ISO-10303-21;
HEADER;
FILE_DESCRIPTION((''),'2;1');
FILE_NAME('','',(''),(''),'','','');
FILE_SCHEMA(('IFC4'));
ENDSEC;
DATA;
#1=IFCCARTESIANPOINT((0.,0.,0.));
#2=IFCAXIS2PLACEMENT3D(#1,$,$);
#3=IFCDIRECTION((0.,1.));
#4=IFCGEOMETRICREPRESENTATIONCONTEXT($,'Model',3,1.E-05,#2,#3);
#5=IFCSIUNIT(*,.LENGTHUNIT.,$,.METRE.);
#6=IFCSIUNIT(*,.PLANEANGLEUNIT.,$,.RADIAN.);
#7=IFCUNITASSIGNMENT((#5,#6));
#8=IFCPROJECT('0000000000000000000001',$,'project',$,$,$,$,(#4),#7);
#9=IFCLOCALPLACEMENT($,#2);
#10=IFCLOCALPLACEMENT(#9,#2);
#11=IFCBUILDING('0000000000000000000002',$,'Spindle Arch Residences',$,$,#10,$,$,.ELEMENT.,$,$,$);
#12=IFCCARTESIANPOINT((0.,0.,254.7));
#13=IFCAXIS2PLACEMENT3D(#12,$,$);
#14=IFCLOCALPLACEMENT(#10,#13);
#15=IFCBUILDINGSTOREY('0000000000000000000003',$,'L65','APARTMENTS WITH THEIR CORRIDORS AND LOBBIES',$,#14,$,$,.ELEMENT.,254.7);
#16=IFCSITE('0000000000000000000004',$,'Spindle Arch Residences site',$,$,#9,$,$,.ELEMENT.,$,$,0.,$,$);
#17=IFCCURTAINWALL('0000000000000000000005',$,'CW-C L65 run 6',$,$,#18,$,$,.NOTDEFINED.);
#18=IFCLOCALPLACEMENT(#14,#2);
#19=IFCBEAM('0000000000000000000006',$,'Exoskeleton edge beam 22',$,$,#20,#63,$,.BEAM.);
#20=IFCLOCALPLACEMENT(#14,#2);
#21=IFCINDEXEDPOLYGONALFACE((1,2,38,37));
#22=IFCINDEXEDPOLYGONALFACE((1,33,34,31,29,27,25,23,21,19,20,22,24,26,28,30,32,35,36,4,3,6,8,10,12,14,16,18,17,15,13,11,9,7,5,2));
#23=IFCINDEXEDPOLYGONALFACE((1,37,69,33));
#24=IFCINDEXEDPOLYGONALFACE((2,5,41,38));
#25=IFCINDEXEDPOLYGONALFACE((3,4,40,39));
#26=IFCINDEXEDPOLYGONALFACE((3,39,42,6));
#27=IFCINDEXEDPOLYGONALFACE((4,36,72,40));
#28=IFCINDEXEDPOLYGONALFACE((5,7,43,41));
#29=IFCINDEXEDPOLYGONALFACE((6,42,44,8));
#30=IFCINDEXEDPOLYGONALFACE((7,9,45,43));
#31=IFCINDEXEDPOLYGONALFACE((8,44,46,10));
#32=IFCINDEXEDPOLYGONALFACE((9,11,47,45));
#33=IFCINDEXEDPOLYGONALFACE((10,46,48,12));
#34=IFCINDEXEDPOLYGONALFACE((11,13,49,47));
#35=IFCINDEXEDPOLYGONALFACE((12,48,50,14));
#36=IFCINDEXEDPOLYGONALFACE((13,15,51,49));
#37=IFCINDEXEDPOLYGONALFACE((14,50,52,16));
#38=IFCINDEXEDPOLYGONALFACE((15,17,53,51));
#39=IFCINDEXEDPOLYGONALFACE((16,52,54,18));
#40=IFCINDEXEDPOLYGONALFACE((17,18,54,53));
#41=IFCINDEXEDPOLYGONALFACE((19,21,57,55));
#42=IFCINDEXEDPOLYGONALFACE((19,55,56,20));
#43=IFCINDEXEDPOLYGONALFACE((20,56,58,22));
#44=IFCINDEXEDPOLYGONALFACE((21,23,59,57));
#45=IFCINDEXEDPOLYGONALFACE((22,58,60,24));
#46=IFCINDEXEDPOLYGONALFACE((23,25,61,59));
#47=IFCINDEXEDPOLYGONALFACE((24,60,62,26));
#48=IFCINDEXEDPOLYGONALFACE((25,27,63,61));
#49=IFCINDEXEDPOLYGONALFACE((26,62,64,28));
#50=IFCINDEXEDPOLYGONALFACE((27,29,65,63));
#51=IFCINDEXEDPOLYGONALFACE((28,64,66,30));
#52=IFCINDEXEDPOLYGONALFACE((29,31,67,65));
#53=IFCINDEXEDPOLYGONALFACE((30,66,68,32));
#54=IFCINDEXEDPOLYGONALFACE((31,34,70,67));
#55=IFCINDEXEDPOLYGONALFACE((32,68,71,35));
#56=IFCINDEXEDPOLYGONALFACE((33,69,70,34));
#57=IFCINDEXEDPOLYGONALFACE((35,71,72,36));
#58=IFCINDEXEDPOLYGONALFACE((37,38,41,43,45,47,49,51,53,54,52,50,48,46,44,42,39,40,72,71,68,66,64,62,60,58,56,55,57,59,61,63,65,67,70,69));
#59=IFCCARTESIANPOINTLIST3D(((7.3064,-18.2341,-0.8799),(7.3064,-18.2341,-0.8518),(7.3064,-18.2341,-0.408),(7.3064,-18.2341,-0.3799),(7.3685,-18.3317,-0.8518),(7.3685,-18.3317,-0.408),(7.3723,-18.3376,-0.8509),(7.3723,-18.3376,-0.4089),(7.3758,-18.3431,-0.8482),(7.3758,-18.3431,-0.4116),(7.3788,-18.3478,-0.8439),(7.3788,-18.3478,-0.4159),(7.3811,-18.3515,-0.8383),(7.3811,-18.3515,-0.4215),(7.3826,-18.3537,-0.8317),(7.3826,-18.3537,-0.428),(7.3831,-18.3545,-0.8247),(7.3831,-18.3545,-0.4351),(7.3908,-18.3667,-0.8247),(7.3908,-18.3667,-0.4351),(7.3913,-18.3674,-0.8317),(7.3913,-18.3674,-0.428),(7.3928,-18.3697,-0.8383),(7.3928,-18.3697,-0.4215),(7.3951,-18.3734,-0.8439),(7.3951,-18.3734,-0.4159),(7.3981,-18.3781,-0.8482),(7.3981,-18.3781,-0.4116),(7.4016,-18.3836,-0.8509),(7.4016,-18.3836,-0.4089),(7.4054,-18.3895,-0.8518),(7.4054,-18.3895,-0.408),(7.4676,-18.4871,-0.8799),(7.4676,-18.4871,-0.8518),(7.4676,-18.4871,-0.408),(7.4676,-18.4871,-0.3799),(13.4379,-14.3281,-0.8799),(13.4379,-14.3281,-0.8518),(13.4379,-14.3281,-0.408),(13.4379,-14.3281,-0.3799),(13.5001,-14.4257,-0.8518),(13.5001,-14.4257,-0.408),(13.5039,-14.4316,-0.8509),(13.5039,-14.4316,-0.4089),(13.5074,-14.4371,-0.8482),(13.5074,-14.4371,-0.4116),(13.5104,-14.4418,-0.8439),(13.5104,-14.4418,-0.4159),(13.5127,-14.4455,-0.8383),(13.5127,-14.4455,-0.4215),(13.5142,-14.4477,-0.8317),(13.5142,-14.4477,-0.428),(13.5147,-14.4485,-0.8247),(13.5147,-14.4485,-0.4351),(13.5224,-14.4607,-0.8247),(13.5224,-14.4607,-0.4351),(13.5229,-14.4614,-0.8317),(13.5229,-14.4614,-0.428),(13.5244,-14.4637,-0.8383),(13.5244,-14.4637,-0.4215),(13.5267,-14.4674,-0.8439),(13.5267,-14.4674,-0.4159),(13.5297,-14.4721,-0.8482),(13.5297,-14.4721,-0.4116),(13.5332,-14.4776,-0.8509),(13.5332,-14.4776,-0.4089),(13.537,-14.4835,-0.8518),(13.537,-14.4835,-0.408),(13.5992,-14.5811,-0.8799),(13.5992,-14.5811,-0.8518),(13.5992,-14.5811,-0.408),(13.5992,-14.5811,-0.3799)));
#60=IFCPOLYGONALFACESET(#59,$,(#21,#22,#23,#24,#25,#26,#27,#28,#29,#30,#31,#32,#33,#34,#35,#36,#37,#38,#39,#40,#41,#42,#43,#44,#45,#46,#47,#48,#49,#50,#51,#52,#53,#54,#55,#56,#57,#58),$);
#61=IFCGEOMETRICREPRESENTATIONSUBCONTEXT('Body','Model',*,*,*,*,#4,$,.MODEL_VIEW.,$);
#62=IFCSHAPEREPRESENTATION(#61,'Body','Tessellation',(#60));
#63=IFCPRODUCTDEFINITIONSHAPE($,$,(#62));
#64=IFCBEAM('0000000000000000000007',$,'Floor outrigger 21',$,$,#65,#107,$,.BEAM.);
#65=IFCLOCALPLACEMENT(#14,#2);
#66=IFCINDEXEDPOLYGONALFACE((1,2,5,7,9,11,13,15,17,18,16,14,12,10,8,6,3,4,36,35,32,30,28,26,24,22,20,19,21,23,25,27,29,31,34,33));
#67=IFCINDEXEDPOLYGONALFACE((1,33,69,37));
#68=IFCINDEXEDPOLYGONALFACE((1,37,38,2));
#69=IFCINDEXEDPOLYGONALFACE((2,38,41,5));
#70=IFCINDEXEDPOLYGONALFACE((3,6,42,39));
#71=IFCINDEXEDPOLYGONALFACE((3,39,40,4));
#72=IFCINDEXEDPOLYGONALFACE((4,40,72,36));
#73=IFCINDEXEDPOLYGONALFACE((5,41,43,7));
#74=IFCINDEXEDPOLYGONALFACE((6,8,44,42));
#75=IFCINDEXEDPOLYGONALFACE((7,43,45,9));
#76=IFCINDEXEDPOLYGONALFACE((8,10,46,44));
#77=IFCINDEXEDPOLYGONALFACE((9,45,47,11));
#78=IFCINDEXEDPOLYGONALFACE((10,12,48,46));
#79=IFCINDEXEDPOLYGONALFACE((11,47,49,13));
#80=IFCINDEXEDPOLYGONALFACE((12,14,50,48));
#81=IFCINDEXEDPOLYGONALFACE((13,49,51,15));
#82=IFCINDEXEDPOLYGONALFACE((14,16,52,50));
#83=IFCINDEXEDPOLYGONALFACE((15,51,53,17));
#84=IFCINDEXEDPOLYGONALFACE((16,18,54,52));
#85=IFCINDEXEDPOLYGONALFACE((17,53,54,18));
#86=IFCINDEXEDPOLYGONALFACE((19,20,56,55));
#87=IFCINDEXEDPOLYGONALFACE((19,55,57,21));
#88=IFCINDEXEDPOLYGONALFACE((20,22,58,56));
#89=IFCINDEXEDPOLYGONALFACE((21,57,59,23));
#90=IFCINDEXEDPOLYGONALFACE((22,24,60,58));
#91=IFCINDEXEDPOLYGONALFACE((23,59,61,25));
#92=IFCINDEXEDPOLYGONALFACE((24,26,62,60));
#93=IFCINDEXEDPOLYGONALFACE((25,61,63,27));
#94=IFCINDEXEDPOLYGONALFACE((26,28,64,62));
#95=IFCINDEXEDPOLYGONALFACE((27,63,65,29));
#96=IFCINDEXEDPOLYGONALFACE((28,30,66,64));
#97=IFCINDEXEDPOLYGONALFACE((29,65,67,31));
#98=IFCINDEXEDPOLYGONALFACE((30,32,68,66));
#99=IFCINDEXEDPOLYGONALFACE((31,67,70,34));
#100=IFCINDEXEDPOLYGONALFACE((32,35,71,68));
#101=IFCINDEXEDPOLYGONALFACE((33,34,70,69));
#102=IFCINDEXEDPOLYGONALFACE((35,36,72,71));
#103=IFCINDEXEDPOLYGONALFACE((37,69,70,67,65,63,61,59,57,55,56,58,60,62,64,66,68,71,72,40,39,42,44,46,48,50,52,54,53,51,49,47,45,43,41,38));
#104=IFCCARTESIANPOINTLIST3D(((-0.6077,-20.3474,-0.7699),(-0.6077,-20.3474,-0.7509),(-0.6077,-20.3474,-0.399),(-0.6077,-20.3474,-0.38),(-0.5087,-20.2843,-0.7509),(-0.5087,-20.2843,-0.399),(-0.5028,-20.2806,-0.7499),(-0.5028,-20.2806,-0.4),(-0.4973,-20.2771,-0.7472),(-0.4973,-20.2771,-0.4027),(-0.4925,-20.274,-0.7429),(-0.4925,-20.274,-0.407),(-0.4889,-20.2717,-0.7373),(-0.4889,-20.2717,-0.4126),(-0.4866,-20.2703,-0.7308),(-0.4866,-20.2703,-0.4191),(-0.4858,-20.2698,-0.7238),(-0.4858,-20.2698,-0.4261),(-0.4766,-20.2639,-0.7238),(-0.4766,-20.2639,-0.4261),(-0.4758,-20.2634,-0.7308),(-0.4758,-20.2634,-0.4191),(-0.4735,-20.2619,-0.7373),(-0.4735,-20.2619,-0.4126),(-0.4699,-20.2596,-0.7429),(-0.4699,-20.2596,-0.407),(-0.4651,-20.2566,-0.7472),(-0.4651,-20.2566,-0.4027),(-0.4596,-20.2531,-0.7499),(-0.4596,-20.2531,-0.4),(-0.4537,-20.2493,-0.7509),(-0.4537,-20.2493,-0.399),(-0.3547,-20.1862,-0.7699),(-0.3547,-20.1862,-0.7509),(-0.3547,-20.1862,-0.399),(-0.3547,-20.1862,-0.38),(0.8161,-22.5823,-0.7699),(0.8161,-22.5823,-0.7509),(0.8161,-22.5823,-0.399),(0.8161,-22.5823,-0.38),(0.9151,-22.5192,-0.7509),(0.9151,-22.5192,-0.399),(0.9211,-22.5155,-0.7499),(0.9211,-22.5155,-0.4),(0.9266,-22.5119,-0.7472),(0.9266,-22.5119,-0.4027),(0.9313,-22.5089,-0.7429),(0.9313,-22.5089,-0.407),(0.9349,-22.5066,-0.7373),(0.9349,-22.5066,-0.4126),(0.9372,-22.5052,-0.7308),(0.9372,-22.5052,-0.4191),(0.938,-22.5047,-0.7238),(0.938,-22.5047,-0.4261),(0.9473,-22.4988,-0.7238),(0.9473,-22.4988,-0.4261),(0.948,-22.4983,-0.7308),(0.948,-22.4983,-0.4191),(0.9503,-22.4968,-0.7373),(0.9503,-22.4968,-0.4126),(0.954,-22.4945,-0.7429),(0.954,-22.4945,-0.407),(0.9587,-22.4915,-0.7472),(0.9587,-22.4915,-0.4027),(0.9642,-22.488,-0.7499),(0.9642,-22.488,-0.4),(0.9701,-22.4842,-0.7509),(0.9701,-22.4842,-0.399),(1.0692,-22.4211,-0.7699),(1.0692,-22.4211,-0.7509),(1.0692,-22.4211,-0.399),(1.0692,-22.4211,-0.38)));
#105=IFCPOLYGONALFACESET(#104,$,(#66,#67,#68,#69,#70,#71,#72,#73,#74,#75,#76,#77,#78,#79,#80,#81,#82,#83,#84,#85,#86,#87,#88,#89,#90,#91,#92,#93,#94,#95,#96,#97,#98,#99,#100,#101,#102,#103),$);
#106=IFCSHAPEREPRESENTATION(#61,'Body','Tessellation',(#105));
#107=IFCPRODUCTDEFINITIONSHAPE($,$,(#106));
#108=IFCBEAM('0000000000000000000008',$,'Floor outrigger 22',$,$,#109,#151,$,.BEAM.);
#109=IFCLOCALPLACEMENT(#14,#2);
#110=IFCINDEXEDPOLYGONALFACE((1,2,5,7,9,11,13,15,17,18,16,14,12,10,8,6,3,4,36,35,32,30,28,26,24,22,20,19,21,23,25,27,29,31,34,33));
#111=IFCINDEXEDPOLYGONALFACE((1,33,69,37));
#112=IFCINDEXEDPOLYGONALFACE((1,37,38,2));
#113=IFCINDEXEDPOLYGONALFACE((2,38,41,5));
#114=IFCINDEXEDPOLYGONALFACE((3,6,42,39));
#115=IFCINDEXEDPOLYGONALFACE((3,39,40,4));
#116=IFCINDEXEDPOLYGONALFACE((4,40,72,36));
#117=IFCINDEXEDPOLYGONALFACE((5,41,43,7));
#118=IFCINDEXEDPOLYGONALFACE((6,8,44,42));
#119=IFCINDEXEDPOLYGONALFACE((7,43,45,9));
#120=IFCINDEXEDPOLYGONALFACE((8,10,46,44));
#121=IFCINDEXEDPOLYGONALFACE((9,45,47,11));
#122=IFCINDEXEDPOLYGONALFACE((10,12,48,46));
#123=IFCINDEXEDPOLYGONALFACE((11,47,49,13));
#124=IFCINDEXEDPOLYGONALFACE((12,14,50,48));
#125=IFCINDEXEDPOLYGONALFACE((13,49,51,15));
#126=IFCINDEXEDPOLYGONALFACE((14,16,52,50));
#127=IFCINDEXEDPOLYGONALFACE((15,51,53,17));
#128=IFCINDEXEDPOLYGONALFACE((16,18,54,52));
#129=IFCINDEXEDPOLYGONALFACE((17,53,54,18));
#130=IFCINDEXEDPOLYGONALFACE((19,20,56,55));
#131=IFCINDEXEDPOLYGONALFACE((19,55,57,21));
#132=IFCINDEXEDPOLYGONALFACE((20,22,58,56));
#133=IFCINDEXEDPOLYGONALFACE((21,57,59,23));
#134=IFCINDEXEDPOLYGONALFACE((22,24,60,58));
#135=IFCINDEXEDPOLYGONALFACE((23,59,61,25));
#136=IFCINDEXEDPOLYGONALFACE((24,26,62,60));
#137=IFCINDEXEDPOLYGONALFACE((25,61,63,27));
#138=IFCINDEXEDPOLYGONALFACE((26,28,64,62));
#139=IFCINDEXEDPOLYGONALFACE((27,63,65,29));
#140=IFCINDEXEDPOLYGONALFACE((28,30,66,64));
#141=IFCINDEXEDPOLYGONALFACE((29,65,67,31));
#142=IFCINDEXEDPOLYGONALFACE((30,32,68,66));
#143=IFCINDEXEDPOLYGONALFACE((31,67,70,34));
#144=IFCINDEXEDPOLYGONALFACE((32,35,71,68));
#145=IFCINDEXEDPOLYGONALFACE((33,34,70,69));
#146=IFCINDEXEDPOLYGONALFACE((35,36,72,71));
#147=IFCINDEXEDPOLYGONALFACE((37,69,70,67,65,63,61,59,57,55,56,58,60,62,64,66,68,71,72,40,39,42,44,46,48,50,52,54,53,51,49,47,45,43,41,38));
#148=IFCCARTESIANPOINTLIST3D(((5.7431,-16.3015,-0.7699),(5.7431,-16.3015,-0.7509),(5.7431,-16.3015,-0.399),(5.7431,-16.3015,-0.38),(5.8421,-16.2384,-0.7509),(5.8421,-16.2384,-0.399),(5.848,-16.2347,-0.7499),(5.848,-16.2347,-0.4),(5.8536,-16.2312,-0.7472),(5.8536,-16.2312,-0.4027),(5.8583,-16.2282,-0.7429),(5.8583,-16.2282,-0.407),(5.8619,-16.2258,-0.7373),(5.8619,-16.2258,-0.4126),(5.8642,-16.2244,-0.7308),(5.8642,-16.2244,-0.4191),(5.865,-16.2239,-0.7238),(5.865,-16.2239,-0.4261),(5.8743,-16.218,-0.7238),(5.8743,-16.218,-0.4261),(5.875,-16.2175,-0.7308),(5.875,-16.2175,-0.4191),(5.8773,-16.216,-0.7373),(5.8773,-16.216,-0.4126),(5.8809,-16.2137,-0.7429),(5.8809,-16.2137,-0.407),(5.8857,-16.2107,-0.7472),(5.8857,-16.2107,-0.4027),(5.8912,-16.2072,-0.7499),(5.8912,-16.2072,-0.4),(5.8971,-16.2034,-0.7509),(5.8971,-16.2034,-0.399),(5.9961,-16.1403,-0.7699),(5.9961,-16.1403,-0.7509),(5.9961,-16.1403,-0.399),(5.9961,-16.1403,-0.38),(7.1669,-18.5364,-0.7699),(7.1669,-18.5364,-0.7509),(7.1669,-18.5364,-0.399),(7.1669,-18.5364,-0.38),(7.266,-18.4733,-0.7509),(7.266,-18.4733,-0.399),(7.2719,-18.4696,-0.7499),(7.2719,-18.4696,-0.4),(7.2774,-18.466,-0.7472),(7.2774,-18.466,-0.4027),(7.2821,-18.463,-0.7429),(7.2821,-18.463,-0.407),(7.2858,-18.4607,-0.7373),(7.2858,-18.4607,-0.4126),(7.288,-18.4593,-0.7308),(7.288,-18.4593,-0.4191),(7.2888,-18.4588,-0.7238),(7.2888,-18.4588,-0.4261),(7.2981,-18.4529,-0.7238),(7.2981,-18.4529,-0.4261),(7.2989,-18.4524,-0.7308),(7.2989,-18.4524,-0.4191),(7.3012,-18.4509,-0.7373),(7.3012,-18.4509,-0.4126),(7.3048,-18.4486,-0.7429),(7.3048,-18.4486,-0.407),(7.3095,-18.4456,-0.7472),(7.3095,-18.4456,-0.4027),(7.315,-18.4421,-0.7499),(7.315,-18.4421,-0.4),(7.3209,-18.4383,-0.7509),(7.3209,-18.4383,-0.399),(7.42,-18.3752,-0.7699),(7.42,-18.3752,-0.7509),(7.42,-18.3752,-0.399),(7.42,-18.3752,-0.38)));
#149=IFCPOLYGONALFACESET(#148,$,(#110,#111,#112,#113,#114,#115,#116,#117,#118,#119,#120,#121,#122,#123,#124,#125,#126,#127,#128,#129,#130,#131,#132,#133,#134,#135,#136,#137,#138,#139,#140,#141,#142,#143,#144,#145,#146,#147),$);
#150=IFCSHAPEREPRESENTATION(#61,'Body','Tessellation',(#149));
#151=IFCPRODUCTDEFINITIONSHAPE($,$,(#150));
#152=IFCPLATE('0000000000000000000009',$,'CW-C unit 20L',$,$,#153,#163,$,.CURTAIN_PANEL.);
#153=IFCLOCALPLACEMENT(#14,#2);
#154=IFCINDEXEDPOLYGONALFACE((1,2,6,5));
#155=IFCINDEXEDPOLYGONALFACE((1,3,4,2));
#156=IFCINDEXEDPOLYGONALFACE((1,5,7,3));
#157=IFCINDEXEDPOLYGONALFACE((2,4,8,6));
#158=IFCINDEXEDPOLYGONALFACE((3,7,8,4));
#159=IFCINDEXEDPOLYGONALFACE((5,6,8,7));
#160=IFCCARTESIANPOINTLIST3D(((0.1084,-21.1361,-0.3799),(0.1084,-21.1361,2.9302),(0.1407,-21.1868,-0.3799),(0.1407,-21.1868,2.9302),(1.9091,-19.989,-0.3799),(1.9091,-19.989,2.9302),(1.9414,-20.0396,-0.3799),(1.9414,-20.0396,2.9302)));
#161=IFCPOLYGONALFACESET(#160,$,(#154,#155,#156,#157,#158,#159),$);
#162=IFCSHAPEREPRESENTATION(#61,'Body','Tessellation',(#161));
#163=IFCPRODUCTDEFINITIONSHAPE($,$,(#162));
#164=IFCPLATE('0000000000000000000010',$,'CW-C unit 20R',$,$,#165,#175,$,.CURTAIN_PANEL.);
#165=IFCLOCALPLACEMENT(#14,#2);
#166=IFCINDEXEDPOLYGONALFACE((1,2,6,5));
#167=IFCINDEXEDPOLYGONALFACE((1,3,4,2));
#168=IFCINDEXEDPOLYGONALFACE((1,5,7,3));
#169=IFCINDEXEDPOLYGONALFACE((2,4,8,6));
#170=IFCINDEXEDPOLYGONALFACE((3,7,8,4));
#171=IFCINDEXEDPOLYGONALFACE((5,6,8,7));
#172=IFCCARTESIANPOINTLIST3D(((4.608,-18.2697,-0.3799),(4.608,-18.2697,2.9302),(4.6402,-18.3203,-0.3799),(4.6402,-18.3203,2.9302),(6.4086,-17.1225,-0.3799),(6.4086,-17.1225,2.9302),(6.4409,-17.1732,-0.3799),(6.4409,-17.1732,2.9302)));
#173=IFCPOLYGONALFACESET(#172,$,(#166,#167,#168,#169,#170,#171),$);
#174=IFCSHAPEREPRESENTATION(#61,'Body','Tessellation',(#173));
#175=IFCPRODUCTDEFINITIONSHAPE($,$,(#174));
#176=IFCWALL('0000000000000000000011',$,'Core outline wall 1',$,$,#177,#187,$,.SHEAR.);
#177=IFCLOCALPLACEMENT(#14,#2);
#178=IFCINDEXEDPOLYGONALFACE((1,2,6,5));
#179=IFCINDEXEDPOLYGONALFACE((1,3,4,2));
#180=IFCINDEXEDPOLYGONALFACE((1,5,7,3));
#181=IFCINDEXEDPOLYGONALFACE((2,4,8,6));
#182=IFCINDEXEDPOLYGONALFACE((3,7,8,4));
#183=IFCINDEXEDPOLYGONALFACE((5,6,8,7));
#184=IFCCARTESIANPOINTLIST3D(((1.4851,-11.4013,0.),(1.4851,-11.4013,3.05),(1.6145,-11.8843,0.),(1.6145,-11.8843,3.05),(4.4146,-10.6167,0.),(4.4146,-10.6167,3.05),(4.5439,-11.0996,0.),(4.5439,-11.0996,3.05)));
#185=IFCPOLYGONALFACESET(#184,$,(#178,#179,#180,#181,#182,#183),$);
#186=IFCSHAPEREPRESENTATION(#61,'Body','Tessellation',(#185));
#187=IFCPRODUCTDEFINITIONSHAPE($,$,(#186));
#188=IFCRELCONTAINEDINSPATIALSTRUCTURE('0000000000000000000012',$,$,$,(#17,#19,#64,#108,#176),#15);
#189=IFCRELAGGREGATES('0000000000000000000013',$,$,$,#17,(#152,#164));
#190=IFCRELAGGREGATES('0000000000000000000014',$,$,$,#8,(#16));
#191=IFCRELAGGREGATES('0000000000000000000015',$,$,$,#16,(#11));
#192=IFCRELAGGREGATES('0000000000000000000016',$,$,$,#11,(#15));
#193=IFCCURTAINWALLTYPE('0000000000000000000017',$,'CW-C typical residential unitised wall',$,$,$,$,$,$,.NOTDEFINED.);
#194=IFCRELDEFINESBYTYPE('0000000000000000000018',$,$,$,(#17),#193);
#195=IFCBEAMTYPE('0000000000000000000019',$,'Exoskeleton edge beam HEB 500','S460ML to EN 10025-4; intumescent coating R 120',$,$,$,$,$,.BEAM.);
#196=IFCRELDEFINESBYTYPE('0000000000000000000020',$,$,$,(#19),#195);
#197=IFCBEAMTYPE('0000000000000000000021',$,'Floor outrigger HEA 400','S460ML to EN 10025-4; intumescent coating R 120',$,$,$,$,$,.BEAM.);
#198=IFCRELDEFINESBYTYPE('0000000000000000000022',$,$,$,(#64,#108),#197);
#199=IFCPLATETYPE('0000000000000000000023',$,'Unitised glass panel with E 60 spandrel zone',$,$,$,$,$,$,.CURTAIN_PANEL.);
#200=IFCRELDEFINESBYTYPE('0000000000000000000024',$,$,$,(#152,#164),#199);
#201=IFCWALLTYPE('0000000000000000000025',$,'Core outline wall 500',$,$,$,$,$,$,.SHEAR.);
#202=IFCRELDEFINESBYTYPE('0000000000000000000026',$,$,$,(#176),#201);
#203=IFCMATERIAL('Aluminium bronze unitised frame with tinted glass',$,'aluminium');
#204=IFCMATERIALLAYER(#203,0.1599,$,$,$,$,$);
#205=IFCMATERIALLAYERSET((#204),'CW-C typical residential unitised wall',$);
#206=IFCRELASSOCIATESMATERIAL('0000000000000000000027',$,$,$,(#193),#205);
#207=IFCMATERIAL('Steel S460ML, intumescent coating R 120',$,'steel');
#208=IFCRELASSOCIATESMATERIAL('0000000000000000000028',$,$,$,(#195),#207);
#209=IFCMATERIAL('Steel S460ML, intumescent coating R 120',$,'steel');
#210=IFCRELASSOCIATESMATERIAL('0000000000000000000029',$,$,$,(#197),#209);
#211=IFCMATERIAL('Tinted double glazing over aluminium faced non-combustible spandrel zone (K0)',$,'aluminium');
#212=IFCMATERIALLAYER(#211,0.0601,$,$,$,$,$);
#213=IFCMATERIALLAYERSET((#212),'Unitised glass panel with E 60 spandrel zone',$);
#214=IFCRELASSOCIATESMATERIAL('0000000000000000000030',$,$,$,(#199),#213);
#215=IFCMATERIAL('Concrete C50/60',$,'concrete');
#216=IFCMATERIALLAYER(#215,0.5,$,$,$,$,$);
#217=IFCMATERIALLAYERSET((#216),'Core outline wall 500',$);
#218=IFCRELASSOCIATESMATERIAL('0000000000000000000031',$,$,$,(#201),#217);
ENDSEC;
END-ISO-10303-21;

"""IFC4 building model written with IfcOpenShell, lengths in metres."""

from ifc_helpers import new_model, si_unit, direction, frame, frame_2d, origin, origin_2d, place, context, subcontext, project, spatial, rectangle, i_section, extrude, material, layer, layer_set, material_profile, profile_set, type_object, element, aggregate, save


model = new_model("IFC4")

# Units and contexts
model_context = context("Model", 3, precision=1e-05, world=origin(), true_north=direction((0.0, 1.0)))
body_context = subcontext(model_context, "Body", "Model", "MODEL_VIEW")
ifc_project = project(units=[si_unit("LENGTHUNIT", "METRE"), si_unit("PLANEANGLEUNIT", "RADIAN")], contexts=[model_context])

# Site, building, storey
site_placement = place(None, origin())
site = spatial("IfcSite", under=ifc_project, at=site_placement, Name="Spindle Arch Residences site", CompositionType="ELEMENT", RefElevation=0.0)
building_placement = place(site_placement, origin())
building = spatial("IfcBuilding", under=site, at=building_placement, Name="Spindle Arch Residences", CompositionType="ELEMENT")
storey_placement = place(building_placement, frame((0.0, 0.0, 254.7)))
storey = spatial("IfcBuildingStorey", under=building, at=storey_placement, Name="L65", Description="APARTMENTS WITH THEIR CORRIDORS AND LOBBIES", CompositionType="ELEMENT", Elevation=254.7)

# Curtain wall
ifc_material_1 = material(Name="Aluminium bronze unitised frame with tinted glass", Category="aluminium")
ifc_layer_1 = layer(ifc_material_1, 0.1599)
ifc_layer_set_1 = layer_set([ifc_layer_1], Name="CW-C typical residential unitised wall")
curtain_wall_type = type_object("IfcCurtainWallType", Name="CW-C typical residential unitised wall", PredefinedType="NOTDEFINED", material=ifc_layer_set_1)
curtain_wall_placement = place(storey_placement, origin())
curtain_wall = element("IfcCurtainWall", 1, at=curtain_wall_placement, inside=storey, type_object=curtain_wall_type, Name="CW-C L65 run 6", PredefinedType="NOTDEFINED")

# Beams
ifc_material_2 = material(Name="Steel S460ML, intumescent coating R 120", Category="steel")
ifc_material_profile_1 = material_profile(ifc_material_2, i_section(OverallWidth=0.3, OverallDepth=0.5, WebThickness=0.0144, FlangeThickness=0.0281, FilletRadius=0.0271, at=origin_2d()), Name="HEB 500")
ifc_profile_set_1 = profile_set([ifc_material_profile_1], Name="Steel S460ML, intumescent coating R 120")
beam_type_1 = type_object("IfcBeamType", Name="Exoskeleton edge beam HEB 500", Description="S460ML to EN 10025-4; intumescent coating R 120", PredefinedType="BEAM", material=ifc_profile_set_1)
for number, where, z_axis, x_axis, name in (
    (2, (7.387, -18.3606, -0.6299), (0.843407, 0.537275, 0.0), (-0.537275, 0.843407, 0.0), "Exoskeleton edge beam 22"),
):
    element("IfcBeam", number, at=place(storey_placement, frame(where, z_axis=z_axis, x_axis=x_axis)), inside=storey, type_object=beam_type_1, Name=name, PredefinedType="BEAM", context=body_context, shape_type="SweptSolid", body=[
        extrude(i_section(OverallWidth=0.3, OverallDepth=0.5, WebThickness=0.0144, FlangeThickness=0.0281, FilletRadius=0.0271, at=origin_2d()), origin(), (0.0, 0.0, 1.0), 7.27),
    ])
ifc_material_3 = material(Name="Steel S460ML, intumescent coating R 120", Category="steel")
ifc_material_profile_2 = material_profile(ifc_material_3, i_section(OverallWidth=0.3, OverallDepth=0.3899, WebThickness=0.011, FlangeThickness=0.019, FilletRadius=0.0271, at=origin_2d()), Name="HEA 400")
ifc_profile_set_2 = profile_set([ifc_material_profile_2], Name="Steel S460ML, intumescent coating R 120")
beam_type_2 = type_object("IfcBeamType", Name="Floor outrigger HEA 400", Description="S460ML to EN 10025-4; intumescent coating R 120", PredefinedType="BEAM", material=ifc_profile_set_2)
for number, where, z_axis, x_axis, name in (
    (3, (0.9426, -22.5017, -0.575), (-0.537317, 0.843381, 0.0), (-0.843381, -0.537317, 0.0), "Floor outrigger 21"),
    (4, (7.2935, -18.4558, -0.575), (-0.537317, 0.843381, 0.0), (-0.843381, -0.537317, 0.0), "Floor outrigger 22"),
):
    element("IfcBeam", number, at=place(storey_placement, frame(where, z_axis=z_axis, x_axis=x_axis)), inside=storey, type_object=beam_type_2, Name=name, PredefinedType="BEAM", context=body_context, shape_type="SweptSolid", body=[
        extrude(i_section(OverallWidth=0.3, OverallDepth=0.3899, WebThickness=0.011, FlangeThickness=0.019, FilletRadius=0.0271, at=origin_2d()), origin(), (0.0, 0.0, 1.0), 2.6499),
    ])

# Plates
ifc_material_4 = material(Name="Tinted double glazing over aluminium faced non-combustible spandrel zone (K0)", Category="aluminium")
ifc_layer_2 = layer(ifc_material_4, 0.0601)
ifc_layer_set_2 = layer_set([ifc_layer_2], Name="Unitised glass panel with E 60 spandrel zone")
plate_type = type_object("IfcPlateType", Name="Unitised glass panel with E 60 spandrel zone", PredefinedType="CURTAIN_PANEL", material=ifc_layer_set_2)
plate_1_placement = place(storey_placement, frame((1.0249, -20.5879, -0.3799), z_axis=(0.0, 0.0, 1.0), x_axis=(0.843391, 0.5373, 0.0)))
plate_1 = element("IfcPlate", 5, at=plate_1_placement, type_object=plate_type, Name="CW-C unit 20L", PredefinedType="CURTAIN_PANEL", context=body_context, shape_type="SweptSolid", body=[
    extrude(rectangle(XDim=2.135, YDim=0.0601, at=origin_2d()), origin(), (0.0, 0.0, 1.0), 3.3101),
])
plate_2_placement = place(storey_placement, frame((5.5244, -17.7214, -0.3799), z_axis=(0.0, 0.0, 1.0), x_axis=(0.843391, 0.5373, 0.0)))
plate_2 = element("IfcPlate", 6, at=plate_2_placement, type_object=plate_type, Name="CW-C unit 20R", PredefinedType="CURTAIN_PANEL", context=body_context, shape_type="SweptSolid", body=[
    extrude(rectangle(XDim=2.135, YDim=0.0601, at=origin_2d()), origin(), (0.0, 0.0, 1.0), 3.3101),
])
aggregate(curtain_wall, [plate_1, plate_2])

# Wall
ifc_material_5 = material(Name="Concrete C50/60", Category="concrete")
ifc_layer_3 = layer(ifc_material_5, 0.5)
ifc_layer_set_3 = layer_set([ifc_layer_3], Name="Core outline wall 500")
wall_type_1 = type_object("IfcWallType", Name="Core outline wall 500", PredefinedType="SHEAR", material=ifc_layer_set_3)
wall_1_placement = place(storey_placement, frame((1.5498, -11.6428, 0.0), z_axis=(0.0, 0.0, 1.0), x_axis=(0.965948, 0.258735, 0.0)))
element("IfcWall", 7, at=wall_1_placement, inside=storey, type_object=wall_type_1, Name="Core outline wall 1", PredefinedType="SHEAR", context=body_context, shape_type="SweptSolid", body=[
    extrude(rectangle(XDim=3.0327, YDim=0.5, at=frame_2d((1.5164, 0.0))), origin(), (0.0, 0.0, 1.0), 3.05),
])

save(model, "model.ifc")
